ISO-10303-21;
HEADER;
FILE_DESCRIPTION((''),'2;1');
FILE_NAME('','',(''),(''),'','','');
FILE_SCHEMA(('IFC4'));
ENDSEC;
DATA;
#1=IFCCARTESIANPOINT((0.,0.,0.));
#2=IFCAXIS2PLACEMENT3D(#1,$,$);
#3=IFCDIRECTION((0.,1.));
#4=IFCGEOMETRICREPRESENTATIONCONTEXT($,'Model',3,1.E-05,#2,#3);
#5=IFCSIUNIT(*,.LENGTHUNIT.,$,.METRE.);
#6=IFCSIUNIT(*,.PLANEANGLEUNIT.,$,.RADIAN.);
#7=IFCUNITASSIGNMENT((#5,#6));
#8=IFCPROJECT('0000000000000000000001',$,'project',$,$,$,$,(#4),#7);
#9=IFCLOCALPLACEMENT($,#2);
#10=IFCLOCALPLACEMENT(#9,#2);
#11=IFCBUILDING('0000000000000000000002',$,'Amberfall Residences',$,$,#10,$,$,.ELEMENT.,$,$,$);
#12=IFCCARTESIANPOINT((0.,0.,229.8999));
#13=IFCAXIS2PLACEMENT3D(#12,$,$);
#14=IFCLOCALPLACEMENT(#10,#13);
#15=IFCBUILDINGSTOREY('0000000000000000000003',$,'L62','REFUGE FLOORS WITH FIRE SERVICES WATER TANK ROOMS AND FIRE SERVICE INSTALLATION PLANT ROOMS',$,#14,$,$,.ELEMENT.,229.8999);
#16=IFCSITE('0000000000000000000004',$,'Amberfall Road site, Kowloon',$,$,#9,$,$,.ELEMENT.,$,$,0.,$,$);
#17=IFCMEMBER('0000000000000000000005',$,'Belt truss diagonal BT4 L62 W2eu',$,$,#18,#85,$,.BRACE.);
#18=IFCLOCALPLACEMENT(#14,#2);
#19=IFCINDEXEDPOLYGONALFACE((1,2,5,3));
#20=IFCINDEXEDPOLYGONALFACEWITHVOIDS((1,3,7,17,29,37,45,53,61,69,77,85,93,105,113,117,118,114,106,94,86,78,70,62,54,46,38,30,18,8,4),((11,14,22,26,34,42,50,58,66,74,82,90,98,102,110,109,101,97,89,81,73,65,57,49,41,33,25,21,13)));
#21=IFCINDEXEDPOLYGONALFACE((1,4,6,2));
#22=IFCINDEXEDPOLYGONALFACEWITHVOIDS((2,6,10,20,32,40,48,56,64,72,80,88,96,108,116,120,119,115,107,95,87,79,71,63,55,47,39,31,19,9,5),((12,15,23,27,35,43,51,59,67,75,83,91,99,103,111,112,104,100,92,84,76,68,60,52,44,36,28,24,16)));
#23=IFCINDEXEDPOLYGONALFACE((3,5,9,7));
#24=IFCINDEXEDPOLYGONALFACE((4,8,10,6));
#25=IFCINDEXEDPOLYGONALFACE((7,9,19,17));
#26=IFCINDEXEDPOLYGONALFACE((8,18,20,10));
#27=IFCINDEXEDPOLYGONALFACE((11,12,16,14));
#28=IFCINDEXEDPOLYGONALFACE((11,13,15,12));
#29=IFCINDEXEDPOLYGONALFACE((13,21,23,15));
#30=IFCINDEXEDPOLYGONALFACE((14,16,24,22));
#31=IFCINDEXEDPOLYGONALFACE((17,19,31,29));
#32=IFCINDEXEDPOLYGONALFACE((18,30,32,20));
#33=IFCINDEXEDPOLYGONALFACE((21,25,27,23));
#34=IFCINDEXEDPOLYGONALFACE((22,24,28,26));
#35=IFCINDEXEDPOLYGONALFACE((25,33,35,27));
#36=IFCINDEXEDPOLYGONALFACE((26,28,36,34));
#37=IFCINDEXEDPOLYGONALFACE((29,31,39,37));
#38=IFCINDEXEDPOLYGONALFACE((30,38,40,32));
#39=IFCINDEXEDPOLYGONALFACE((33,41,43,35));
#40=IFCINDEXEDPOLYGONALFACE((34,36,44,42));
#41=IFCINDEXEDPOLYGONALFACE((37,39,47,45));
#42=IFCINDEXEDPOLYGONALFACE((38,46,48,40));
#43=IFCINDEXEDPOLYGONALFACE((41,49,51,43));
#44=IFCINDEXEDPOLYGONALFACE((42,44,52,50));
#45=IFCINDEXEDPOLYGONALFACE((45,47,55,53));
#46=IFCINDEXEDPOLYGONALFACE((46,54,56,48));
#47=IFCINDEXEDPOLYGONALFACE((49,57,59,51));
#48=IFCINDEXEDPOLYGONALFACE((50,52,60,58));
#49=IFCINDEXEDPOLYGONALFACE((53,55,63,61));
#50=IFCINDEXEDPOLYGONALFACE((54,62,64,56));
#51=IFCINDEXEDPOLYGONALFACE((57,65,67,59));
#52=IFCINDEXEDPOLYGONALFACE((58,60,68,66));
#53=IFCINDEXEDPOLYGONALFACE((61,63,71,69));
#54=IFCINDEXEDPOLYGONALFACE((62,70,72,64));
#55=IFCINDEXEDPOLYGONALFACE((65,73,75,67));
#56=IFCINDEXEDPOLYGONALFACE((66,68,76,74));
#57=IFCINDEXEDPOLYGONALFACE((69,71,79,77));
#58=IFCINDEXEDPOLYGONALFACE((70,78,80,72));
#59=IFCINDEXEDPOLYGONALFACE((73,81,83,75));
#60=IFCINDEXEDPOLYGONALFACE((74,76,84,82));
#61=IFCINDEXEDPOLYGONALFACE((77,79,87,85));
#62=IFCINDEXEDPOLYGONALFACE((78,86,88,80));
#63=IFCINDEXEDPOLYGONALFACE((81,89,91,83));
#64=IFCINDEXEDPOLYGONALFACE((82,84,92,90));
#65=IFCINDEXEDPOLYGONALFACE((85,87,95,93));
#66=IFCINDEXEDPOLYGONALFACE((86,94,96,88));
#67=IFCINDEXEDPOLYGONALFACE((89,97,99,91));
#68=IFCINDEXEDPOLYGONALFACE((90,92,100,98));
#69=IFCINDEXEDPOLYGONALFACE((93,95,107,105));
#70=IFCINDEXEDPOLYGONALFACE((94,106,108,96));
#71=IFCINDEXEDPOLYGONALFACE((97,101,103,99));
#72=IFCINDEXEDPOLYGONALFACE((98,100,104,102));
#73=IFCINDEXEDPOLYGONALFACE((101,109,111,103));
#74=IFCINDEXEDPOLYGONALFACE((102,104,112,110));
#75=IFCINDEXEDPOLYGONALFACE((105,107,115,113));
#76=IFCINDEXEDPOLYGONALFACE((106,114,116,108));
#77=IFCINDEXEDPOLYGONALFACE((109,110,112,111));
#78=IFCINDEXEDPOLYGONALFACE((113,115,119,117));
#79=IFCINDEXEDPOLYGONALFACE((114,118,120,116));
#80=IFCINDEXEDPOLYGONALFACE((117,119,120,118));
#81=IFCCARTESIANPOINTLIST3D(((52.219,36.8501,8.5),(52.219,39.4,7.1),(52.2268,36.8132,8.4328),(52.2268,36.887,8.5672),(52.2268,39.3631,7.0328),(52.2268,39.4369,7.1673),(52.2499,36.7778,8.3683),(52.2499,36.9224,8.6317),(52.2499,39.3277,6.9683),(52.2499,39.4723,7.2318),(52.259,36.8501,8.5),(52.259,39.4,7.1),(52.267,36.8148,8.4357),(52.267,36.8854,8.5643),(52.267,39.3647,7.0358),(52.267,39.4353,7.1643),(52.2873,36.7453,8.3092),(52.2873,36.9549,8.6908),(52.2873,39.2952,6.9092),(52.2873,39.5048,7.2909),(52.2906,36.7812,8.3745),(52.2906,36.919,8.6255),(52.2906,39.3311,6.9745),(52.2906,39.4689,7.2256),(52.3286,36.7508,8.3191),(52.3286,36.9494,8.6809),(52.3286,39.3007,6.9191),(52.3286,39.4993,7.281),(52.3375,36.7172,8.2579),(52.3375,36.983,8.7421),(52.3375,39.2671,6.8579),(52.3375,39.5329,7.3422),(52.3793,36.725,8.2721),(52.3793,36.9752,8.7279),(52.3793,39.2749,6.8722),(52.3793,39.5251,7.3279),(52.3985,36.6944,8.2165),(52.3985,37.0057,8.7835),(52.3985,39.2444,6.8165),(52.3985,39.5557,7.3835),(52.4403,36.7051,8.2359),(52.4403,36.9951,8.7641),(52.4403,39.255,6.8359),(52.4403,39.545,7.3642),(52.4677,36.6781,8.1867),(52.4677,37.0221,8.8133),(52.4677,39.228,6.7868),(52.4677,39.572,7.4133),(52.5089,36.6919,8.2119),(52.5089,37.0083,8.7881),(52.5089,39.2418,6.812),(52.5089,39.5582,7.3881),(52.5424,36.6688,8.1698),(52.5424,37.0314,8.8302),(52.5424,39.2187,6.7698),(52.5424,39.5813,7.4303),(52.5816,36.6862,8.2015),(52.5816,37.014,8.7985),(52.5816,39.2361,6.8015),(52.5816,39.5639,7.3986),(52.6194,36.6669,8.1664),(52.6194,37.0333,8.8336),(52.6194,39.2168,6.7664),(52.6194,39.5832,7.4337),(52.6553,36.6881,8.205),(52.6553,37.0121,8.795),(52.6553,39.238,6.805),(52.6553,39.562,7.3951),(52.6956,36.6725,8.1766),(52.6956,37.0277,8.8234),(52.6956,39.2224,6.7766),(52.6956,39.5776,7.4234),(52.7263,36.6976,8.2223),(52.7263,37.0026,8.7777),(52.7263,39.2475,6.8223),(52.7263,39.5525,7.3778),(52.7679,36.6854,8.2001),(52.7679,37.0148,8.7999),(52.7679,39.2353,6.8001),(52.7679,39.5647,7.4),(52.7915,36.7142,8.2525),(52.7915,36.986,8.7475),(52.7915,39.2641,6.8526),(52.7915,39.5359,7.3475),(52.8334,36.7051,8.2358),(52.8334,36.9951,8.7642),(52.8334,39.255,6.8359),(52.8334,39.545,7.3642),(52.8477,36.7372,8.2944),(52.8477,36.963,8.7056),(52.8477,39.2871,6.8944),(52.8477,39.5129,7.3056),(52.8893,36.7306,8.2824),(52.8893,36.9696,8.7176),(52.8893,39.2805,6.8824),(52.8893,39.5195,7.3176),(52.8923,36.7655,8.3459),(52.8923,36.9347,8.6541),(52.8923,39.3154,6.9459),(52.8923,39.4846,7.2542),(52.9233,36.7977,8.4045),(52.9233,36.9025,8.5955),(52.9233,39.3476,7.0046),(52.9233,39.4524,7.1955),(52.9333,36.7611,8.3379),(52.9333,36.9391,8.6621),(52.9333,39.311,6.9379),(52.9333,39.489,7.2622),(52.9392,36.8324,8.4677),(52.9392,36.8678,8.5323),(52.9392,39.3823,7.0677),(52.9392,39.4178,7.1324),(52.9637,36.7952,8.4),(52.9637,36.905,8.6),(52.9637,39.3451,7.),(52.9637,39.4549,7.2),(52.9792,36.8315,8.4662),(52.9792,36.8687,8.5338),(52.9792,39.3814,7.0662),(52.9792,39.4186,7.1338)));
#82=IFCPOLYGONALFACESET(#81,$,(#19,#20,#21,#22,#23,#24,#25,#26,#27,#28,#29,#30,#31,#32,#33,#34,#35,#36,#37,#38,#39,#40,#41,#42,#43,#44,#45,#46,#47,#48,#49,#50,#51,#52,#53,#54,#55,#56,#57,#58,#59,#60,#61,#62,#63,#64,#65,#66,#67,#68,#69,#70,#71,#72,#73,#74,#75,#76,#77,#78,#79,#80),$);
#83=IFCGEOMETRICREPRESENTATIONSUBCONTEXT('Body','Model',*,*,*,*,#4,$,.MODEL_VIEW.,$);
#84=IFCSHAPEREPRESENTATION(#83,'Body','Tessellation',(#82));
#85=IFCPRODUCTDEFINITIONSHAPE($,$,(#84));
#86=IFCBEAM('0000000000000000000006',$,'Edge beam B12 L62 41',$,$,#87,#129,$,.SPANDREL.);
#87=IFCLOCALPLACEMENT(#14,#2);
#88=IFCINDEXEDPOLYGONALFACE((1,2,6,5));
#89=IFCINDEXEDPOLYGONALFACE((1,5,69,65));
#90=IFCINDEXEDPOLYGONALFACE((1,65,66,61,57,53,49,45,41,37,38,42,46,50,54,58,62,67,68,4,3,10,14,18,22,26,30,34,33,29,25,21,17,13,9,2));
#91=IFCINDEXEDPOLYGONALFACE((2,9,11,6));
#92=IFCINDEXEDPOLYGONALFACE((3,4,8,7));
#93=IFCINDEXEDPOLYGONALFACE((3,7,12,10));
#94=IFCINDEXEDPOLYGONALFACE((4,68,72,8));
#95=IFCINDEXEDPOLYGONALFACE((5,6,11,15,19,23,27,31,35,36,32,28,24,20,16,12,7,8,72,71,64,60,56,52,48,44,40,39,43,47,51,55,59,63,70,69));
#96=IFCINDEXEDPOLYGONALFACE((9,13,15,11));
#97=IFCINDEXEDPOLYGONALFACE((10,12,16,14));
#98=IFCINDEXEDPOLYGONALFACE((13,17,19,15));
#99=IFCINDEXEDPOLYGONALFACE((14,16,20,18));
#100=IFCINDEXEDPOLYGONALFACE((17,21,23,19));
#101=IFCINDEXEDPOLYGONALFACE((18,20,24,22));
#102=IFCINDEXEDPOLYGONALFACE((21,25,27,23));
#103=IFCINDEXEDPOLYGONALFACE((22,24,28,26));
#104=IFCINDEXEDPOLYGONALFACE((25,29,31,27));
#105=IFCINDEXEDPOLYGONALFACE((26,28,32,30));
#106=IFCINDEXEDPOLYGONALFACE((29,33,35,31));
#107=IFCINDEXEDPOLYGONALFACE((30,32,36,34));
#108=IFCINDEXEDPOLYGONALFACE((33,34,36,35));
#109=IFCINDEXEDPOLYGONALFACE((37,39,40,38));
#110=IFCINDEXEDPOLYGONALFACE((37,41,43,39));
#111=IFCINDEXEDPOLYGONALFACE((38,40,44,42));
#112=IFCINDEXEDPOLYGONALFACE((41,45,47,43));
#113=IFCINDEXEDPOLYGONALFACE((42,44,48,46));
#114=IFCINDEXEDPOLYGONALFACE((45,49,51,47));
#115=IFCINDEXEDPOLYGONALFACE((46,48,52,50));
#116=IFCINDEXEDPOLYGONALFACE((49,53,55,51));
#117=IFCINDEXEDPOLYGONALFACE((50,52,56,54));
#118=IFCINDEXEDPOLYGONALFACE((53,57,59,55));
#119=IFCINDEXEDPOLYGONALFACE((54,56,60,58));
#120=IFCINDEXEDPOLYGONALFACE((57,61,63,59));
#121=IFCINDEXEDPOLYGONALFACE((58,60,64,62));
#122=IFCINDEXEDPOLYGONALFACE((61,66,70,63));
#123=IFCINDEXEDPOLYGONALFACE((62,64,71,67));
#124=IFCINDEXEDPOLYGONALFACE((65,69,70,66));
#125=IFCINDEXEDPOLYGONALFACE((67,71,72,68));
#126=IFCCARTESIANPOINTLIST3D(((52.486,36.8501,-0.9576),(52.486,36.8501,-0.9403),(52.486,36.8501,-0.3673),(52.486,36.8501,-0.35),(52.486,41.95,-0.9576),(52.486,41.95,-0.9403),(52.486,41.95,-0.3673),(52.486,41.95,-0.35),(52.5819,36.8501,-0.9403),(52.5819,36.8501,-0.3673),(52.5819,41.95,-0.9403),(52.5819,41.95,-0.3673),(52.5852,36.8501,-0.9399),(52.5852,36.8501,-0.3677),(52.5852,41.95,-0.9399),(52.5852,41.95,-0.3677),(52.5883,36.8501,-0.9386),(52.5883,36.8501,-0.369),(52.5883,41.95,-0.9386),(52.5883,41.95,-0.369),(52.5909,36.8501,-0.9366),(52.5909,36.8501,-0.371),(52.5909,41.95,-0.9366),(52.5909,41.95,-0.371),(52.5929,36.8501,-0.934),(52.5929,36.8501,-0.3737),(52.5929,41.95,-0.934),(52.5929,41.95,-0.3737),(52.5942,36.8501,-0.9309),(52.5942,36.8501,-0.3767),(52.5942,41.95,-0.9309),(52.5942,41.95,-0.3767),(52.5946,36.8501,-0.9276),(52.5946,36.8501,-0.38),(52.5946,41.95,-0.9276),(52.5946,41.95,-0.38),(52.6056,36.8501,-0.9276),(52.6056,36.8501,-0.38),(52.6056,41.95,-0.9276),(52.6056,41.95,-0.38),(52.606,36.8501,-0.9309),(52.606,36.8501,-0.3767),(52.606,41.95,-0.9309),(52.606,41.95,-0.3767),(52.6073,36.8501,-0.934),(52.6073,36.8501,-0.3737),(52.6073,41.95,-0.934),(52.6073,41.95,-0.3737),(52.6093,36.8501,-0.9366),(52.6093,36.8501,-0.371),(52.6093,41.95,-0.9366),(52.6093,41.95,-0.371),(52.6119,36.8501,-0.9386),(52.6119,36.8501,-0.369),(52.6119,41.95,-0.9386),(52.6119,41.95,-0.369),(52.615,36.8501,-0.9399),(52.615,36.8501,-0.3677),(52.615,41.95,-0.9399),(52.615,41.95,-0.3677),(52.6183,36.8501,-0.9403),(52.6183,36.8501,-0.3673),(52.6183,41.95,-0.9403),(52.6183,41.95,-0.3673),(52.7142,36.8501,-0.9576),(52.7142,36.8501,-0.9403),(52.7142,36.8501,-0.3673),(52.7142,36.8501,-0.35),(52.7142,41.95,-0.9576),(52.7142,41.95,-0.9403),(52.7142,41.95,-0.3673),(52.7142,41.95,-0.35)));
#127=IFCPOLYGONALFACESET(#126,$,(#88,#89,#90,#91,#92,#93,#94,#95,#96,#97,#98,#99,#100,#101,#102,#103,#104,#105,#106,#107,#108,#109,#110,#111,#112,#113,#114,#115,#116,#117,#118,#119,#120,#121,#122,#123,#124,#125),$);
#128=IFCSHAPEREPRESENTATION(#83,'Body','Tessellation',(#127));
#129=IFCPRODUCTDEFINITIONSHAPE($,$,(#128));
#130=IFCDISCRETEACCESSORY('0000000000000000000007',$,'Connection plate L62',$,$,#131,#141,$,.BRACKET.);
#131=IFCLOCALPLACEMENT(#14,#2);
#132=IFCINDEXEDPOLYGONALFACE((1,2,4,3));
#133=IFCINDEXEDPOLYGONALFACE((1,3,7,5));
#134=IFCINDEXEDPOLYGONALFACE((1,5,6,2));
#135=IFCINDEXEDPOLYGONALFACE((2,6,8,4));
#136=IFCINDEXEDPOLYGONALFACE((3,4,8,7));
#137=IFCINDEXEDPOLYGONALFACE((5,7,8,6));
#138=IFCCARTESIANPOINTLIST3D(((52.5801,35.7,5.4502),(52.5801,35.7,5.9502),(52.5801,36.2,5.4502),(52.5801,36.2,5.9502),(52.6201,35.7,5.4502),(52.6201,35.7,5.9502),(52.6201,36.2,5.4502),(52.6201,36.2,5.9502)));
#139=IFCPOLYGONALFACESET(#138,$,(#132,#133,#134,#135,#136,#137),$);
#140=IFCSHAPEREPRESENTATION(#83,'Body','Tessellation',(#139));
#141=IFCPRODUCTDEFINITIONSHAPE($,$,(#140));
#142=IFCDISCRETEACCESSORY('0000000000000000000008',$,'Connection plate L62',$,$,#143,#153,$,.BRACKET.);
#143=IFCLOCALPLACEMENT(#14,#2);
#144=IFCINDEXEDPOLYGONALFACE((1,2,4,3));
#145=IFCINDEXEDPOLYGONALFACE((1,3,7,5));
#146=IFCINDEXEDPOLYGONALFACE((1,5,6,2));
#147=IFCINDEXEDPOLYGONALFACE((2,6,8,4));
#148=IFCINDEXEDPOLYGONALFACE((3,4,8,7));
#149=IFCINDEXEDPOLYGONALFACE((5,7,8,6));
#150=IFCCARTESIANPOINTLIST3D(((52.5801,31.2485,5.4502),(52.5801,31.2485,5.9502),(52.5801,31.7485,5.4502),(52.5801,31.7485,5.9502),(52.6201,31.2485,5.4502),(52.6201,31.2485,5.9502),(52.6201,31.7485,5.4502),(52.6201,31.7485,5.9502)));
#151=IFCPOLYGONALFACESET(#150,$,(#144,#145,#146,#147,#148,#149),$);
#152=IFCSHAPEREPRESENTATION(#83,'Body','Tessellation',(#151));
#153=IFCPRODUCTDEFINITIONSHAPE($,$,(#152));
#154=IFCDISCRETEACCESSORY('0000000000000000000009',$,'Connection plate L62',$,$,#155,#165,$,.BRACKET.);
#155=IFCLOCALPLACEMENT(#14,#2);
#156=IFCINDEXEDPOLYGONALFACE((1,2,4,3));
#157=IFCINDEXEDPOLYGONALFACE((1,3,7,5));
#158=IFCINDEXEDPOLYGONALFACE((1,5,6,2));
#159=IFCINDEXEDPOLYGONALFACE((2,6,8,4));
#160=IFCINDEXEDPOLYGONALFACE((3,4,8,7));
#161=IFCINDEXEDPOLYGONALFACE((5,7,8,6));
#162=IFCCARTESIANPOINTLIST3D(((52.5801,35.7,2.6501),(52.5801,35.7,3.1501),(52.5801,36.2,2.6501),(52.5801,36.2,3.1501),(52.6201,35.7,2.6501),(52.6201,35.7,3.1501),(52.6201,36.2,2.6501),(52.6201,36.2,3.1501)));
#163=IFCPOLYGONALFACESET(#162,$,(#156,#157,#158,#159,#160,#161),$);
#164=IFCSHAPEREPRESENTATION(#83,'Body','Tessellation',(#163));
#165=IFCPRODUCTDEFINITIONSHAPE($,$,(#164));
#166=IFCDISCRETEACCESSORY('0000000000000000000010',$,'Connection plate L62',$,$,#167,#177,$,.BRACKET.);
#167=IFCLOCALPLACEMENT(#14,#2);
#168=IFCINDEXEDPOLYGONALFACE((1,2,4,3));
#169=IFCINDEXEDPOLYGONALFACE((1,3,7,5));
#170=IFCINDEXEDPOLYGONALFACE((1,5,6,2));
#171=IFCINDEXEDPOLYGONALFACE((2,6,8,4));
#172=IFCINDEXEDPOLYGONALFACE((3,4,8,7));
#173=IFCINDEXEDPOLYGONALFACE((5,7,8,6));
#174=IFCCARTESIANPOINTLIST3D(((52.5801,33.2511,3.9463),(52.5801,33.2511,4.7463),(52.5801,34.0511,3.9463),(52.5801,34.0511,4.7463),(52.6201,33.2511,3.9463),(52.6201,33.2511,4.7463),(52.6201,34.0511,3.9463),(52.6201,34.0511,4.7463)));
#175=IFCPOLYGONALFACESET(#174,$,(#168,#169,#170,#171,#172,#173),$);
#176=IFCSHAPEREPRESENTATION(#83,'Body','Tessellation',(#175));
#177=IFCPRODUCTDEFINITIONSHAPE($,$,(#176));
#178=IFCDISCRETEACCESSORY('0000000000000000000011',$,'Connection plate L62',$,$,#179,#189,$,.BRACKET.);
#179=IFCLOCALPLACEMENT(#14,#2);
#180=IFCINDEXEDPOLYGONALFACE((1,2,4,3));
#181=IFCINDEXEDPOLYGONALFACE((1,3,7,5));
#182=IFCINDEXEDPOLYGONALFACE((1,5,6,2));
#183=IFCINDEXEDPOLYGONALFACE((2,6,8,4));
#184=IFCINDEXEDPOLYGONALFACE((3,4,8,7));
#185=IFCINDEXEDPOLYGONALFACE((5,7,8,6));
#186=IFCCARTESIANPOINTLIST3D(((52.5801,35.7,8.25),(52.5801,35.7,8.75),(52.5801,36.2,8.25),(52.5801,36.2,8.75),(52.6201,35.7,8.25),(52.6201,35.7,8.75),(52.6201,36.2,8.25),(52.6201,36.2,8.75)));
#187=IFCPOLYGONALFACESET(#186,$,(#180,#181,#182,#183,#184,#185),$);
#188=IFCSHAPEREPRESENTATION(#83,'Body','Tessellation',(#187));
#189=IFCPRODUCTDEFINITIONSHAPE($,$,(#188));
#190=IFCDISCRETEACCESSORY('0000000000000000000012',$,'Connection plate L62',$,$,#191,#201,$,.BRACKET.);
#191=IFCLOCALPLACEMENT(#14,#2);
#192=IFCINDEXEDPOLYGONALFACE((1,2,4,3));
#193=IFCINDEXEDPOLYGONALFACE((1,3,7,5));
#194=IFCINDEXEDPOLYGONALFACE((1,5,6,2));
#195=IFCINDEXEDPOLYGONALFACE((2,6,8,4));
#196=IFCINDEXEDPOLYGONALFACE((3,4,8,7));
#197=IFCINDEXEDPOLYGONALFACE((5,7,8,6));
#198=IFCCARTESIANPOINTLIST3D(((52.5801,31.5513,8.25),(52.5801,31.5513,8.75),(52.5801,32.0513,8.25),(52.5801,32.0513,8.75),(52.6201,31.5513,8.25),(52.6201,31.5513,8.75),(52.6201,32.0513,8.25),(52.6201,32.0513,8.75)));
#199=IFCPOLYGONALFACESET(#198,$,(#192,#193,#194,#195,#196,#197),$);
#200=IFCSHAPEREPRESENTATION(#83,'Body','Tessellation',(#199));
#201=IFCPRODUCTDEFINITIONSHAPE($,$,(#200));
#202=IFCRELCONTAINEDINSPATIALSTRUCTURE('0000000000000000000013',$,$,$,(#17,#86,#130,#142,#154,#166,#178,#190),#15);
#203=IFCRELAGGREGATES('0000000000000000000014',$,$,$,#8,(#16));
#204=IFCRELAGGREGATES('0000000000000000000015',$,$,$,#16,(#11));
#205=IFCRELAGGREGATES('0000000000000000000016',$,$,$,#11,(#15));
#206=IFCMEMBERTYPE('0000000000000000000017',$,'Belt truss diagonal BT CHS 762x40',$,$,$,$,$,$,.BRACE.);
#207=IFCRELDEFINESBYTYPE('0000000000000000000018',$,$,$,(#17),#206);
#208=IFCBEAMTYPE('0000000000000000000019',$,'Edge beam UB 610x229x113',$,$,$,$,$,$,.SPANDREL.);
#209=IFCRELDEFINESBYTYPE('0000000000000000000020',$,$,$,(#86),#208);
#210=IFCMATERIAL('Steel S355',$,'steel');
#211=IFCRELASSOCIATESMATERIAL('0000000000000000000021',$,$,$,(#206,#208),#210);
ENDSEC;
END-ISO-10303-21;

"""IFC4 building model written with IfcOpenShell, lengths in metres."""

from ifc_helpers import new_model, si_unit, direction, frame, origin, origin_2d, place, context, subcontext, project, spatial, rectangle, hollow_circle, i_section, extrude, material, material_profile, profile_set, type_object, element, save


model = new_model("IFC4")

# Units and contexts
model_context = context("Model", 3, precision=1e-05, world=origin(), true_north=direction((0.0, 1.0)))
body_context = subcontext(model_context, "Body", "Model", "MODEL_VIEW")
ifc_project = project(units=[si_unit("LENGTHUNIT", "METRE"), si_unit("PLANEANGLEUNIT", "RADIAN")], contexts=[model_context])

# Site, building, storey
site_placement = place(None, origin())
site = spatial("IfcSite", under=ifc_project, at=site_placement, Name="Amberfall Road site, Kowloon", CompositionType="ELEMENT", RefElevation=0.0)
building_placement = place(site_placement, origin())
building = spatial("IfcBuilding", under=site, at=building_placement, Name="Amberfall Residences", CompositionType="ELEMENT")
storey_placement = place(building_placement, frame((0.0, 0.0, 229.8999)))
storey = spatial("IfcBuildingStorey", under=building, at=storey_placement, Name="L62", Description="REFUGE FLOORS WITH FIRE SERVICES WATER TANK ROOMS AND FIRE SERVICE INSTALLATION PLANT ROOMS", CompositionType="ELEMENT", Elevation=229.8999)

# Shared definitions
ifc_material_1 = material(Name="Steel S355", Category="steel")

# Member
ifc_material_profile_1 = material_profile(ifc_material_1, hollow_circle(Radius=0.3811, WallThickness=0.04, at=origin_2d()), Name="CHS 762x40")
ifc_profile_set_1 = profile_set([ifc_material_profile_1], Name="Steel S355")
member_type = type_object("IfcMemberType", Name="Belt truss diagonal BT CHS 762x40", PredefinedType="BRACE", material=ifc_profile_set_1)
member_1_placement = place(storey_placement, frame((52.6001, 36.8501, 8.5), z_axis=(0.0, 0.876577, -0.481261), x_axis=(-1.0, 0.0, 0.0)))
element("IfcMember", 1, at=member_1_placement, inside=storey, type_object=member_type, Name="Belt truss diagonal BT4 L62 W2eu", PredefinedType="BRACE", context=body_context, shape_type="SweptSolid", body=[
    extrude(hollow_circle(Radius=0.3811, WallThickness=0.04, at=origin_2d()), origin(), (0.0, 0.0, 1.0), 2.9089),
])

# Beam
ifc_material_profile_2 = material_profile(ifc_material_1, i_section(OverallWidth=0.2283, OverallDepth=0.6077, WebThickness=0.011, FlangeThickness=0.0173, FilletRadius=0.0127, at=origin_2d()), Name="UB 610x229x113")
ifc_profile_set_2 = profile_set([ifc_material_profile_2], Name="Steel S355")
beam_type_1 = type_object("IfcBeamType", Name="Edge beam UB 610x229x113", PredefinedType="SPANDREL", material=ifc_profile_set_2)
beam_1_placement = place(storey_placement, frame((52.6001, 36.8501, -0.6538), z_axis=(0.0, 1.0, 0.0), x_axis=(-1.0, 0.0, 0.0)))
element("IfcBeam", 2, at=beam_1_placement, inside=storey, type_object=beam_type_1, Name="Edge beam B12 L62 41", PredefinedType="SPANDREL", context=body_context, shape_type="SweptSolid", body=[
    extrude(i_section(OverallWidth=0.2283, OverallDepth=0.6077, WebThickness=0.011, FlangeThickness=0.0173, FilletRadius=0.0127, at=origin_2d()), origin(), (0.0, 0.0, 1.0), 5.0999),
])

# Discrete accessories
for number, where, z_axis, x_axis, name in (
    (3, (52.6001, 35.95, 5.4502), (0.0, 0.0, 1.0), (0.0, 1.0, 0.0), "Connection plate L62"),
    (4, (52.6001, 31.4985, 5.4502), (0.0, 0.0, 1.0), (0.0, 1.0, 0.0), "Connection plate L62"),
    (5, (52.6001, 35.95, 2.6501), (0.0, 0.0, 1.0), (0.0, 1.0, 0.0), "Connection plate L62"),
):
    element("IfcDiscreteAccessory", number, at=place(storey_placement, frame(where, z_axis=z_axis, x_axis=x_axis)), inside=storey, Name=name, PredefinedType="BRACKET", context=body_context, shape_type="SweptSolid", body=[
        extrude(rectangle(XDim=0.5, YDim=0.04, at=origin_2d()), origin(), (0.0, 0.0, 1.0), 0.5),
    ])
discrete_accessory_1_placement = place(storey_placement, frame((52.6001, 33.6511, 3.9463), z_axis=(0.0, 0.0, 1.0), x_axis=(0.0, 1.0, 0.0)))
element("IfcDiscreteAccessory", 6, at=discrete_accessory_1_placement, inside=storey, Name="Connection plate L62", PredefinedType="BRACKET", context=body_context, shape_type="SweptSolid", body=[
    extrude(rectangle(XDim=0.8, YDim=0.04, at=origin_2d()), origin(), (0.0, 0.0, 1.0), 0.8),
])
for number, where, z_axis, x_axis, name in (
    (7, (52.6001, 35.95, 8.25), (0.0, 0.0, 1.0), (0.0, 1.0, 0.0), "Connection plate L62"),
    (8, (52.6001, 31.8013, 8.25), (0.0, 0.0, 1.0), (0.0, 1.0, 0.0), "Connection plate L62"),
):
    element("IfcDiscreteAccessory", number, at=place(storey_placement, frame(where, z_axis=z_axis, x_axis=x_axis)), inside=storey, Name=name, PredefinedType="BRACKET", context=body_context, shape_type="SweptSolid", body=[
        extrude(rectangle(XDim=0.5, YDim=0.04, at=origin_2d()), origin(), (0.0, 0.0, 1.0), 0.5),
    ])

save(model, "model.ifc")
